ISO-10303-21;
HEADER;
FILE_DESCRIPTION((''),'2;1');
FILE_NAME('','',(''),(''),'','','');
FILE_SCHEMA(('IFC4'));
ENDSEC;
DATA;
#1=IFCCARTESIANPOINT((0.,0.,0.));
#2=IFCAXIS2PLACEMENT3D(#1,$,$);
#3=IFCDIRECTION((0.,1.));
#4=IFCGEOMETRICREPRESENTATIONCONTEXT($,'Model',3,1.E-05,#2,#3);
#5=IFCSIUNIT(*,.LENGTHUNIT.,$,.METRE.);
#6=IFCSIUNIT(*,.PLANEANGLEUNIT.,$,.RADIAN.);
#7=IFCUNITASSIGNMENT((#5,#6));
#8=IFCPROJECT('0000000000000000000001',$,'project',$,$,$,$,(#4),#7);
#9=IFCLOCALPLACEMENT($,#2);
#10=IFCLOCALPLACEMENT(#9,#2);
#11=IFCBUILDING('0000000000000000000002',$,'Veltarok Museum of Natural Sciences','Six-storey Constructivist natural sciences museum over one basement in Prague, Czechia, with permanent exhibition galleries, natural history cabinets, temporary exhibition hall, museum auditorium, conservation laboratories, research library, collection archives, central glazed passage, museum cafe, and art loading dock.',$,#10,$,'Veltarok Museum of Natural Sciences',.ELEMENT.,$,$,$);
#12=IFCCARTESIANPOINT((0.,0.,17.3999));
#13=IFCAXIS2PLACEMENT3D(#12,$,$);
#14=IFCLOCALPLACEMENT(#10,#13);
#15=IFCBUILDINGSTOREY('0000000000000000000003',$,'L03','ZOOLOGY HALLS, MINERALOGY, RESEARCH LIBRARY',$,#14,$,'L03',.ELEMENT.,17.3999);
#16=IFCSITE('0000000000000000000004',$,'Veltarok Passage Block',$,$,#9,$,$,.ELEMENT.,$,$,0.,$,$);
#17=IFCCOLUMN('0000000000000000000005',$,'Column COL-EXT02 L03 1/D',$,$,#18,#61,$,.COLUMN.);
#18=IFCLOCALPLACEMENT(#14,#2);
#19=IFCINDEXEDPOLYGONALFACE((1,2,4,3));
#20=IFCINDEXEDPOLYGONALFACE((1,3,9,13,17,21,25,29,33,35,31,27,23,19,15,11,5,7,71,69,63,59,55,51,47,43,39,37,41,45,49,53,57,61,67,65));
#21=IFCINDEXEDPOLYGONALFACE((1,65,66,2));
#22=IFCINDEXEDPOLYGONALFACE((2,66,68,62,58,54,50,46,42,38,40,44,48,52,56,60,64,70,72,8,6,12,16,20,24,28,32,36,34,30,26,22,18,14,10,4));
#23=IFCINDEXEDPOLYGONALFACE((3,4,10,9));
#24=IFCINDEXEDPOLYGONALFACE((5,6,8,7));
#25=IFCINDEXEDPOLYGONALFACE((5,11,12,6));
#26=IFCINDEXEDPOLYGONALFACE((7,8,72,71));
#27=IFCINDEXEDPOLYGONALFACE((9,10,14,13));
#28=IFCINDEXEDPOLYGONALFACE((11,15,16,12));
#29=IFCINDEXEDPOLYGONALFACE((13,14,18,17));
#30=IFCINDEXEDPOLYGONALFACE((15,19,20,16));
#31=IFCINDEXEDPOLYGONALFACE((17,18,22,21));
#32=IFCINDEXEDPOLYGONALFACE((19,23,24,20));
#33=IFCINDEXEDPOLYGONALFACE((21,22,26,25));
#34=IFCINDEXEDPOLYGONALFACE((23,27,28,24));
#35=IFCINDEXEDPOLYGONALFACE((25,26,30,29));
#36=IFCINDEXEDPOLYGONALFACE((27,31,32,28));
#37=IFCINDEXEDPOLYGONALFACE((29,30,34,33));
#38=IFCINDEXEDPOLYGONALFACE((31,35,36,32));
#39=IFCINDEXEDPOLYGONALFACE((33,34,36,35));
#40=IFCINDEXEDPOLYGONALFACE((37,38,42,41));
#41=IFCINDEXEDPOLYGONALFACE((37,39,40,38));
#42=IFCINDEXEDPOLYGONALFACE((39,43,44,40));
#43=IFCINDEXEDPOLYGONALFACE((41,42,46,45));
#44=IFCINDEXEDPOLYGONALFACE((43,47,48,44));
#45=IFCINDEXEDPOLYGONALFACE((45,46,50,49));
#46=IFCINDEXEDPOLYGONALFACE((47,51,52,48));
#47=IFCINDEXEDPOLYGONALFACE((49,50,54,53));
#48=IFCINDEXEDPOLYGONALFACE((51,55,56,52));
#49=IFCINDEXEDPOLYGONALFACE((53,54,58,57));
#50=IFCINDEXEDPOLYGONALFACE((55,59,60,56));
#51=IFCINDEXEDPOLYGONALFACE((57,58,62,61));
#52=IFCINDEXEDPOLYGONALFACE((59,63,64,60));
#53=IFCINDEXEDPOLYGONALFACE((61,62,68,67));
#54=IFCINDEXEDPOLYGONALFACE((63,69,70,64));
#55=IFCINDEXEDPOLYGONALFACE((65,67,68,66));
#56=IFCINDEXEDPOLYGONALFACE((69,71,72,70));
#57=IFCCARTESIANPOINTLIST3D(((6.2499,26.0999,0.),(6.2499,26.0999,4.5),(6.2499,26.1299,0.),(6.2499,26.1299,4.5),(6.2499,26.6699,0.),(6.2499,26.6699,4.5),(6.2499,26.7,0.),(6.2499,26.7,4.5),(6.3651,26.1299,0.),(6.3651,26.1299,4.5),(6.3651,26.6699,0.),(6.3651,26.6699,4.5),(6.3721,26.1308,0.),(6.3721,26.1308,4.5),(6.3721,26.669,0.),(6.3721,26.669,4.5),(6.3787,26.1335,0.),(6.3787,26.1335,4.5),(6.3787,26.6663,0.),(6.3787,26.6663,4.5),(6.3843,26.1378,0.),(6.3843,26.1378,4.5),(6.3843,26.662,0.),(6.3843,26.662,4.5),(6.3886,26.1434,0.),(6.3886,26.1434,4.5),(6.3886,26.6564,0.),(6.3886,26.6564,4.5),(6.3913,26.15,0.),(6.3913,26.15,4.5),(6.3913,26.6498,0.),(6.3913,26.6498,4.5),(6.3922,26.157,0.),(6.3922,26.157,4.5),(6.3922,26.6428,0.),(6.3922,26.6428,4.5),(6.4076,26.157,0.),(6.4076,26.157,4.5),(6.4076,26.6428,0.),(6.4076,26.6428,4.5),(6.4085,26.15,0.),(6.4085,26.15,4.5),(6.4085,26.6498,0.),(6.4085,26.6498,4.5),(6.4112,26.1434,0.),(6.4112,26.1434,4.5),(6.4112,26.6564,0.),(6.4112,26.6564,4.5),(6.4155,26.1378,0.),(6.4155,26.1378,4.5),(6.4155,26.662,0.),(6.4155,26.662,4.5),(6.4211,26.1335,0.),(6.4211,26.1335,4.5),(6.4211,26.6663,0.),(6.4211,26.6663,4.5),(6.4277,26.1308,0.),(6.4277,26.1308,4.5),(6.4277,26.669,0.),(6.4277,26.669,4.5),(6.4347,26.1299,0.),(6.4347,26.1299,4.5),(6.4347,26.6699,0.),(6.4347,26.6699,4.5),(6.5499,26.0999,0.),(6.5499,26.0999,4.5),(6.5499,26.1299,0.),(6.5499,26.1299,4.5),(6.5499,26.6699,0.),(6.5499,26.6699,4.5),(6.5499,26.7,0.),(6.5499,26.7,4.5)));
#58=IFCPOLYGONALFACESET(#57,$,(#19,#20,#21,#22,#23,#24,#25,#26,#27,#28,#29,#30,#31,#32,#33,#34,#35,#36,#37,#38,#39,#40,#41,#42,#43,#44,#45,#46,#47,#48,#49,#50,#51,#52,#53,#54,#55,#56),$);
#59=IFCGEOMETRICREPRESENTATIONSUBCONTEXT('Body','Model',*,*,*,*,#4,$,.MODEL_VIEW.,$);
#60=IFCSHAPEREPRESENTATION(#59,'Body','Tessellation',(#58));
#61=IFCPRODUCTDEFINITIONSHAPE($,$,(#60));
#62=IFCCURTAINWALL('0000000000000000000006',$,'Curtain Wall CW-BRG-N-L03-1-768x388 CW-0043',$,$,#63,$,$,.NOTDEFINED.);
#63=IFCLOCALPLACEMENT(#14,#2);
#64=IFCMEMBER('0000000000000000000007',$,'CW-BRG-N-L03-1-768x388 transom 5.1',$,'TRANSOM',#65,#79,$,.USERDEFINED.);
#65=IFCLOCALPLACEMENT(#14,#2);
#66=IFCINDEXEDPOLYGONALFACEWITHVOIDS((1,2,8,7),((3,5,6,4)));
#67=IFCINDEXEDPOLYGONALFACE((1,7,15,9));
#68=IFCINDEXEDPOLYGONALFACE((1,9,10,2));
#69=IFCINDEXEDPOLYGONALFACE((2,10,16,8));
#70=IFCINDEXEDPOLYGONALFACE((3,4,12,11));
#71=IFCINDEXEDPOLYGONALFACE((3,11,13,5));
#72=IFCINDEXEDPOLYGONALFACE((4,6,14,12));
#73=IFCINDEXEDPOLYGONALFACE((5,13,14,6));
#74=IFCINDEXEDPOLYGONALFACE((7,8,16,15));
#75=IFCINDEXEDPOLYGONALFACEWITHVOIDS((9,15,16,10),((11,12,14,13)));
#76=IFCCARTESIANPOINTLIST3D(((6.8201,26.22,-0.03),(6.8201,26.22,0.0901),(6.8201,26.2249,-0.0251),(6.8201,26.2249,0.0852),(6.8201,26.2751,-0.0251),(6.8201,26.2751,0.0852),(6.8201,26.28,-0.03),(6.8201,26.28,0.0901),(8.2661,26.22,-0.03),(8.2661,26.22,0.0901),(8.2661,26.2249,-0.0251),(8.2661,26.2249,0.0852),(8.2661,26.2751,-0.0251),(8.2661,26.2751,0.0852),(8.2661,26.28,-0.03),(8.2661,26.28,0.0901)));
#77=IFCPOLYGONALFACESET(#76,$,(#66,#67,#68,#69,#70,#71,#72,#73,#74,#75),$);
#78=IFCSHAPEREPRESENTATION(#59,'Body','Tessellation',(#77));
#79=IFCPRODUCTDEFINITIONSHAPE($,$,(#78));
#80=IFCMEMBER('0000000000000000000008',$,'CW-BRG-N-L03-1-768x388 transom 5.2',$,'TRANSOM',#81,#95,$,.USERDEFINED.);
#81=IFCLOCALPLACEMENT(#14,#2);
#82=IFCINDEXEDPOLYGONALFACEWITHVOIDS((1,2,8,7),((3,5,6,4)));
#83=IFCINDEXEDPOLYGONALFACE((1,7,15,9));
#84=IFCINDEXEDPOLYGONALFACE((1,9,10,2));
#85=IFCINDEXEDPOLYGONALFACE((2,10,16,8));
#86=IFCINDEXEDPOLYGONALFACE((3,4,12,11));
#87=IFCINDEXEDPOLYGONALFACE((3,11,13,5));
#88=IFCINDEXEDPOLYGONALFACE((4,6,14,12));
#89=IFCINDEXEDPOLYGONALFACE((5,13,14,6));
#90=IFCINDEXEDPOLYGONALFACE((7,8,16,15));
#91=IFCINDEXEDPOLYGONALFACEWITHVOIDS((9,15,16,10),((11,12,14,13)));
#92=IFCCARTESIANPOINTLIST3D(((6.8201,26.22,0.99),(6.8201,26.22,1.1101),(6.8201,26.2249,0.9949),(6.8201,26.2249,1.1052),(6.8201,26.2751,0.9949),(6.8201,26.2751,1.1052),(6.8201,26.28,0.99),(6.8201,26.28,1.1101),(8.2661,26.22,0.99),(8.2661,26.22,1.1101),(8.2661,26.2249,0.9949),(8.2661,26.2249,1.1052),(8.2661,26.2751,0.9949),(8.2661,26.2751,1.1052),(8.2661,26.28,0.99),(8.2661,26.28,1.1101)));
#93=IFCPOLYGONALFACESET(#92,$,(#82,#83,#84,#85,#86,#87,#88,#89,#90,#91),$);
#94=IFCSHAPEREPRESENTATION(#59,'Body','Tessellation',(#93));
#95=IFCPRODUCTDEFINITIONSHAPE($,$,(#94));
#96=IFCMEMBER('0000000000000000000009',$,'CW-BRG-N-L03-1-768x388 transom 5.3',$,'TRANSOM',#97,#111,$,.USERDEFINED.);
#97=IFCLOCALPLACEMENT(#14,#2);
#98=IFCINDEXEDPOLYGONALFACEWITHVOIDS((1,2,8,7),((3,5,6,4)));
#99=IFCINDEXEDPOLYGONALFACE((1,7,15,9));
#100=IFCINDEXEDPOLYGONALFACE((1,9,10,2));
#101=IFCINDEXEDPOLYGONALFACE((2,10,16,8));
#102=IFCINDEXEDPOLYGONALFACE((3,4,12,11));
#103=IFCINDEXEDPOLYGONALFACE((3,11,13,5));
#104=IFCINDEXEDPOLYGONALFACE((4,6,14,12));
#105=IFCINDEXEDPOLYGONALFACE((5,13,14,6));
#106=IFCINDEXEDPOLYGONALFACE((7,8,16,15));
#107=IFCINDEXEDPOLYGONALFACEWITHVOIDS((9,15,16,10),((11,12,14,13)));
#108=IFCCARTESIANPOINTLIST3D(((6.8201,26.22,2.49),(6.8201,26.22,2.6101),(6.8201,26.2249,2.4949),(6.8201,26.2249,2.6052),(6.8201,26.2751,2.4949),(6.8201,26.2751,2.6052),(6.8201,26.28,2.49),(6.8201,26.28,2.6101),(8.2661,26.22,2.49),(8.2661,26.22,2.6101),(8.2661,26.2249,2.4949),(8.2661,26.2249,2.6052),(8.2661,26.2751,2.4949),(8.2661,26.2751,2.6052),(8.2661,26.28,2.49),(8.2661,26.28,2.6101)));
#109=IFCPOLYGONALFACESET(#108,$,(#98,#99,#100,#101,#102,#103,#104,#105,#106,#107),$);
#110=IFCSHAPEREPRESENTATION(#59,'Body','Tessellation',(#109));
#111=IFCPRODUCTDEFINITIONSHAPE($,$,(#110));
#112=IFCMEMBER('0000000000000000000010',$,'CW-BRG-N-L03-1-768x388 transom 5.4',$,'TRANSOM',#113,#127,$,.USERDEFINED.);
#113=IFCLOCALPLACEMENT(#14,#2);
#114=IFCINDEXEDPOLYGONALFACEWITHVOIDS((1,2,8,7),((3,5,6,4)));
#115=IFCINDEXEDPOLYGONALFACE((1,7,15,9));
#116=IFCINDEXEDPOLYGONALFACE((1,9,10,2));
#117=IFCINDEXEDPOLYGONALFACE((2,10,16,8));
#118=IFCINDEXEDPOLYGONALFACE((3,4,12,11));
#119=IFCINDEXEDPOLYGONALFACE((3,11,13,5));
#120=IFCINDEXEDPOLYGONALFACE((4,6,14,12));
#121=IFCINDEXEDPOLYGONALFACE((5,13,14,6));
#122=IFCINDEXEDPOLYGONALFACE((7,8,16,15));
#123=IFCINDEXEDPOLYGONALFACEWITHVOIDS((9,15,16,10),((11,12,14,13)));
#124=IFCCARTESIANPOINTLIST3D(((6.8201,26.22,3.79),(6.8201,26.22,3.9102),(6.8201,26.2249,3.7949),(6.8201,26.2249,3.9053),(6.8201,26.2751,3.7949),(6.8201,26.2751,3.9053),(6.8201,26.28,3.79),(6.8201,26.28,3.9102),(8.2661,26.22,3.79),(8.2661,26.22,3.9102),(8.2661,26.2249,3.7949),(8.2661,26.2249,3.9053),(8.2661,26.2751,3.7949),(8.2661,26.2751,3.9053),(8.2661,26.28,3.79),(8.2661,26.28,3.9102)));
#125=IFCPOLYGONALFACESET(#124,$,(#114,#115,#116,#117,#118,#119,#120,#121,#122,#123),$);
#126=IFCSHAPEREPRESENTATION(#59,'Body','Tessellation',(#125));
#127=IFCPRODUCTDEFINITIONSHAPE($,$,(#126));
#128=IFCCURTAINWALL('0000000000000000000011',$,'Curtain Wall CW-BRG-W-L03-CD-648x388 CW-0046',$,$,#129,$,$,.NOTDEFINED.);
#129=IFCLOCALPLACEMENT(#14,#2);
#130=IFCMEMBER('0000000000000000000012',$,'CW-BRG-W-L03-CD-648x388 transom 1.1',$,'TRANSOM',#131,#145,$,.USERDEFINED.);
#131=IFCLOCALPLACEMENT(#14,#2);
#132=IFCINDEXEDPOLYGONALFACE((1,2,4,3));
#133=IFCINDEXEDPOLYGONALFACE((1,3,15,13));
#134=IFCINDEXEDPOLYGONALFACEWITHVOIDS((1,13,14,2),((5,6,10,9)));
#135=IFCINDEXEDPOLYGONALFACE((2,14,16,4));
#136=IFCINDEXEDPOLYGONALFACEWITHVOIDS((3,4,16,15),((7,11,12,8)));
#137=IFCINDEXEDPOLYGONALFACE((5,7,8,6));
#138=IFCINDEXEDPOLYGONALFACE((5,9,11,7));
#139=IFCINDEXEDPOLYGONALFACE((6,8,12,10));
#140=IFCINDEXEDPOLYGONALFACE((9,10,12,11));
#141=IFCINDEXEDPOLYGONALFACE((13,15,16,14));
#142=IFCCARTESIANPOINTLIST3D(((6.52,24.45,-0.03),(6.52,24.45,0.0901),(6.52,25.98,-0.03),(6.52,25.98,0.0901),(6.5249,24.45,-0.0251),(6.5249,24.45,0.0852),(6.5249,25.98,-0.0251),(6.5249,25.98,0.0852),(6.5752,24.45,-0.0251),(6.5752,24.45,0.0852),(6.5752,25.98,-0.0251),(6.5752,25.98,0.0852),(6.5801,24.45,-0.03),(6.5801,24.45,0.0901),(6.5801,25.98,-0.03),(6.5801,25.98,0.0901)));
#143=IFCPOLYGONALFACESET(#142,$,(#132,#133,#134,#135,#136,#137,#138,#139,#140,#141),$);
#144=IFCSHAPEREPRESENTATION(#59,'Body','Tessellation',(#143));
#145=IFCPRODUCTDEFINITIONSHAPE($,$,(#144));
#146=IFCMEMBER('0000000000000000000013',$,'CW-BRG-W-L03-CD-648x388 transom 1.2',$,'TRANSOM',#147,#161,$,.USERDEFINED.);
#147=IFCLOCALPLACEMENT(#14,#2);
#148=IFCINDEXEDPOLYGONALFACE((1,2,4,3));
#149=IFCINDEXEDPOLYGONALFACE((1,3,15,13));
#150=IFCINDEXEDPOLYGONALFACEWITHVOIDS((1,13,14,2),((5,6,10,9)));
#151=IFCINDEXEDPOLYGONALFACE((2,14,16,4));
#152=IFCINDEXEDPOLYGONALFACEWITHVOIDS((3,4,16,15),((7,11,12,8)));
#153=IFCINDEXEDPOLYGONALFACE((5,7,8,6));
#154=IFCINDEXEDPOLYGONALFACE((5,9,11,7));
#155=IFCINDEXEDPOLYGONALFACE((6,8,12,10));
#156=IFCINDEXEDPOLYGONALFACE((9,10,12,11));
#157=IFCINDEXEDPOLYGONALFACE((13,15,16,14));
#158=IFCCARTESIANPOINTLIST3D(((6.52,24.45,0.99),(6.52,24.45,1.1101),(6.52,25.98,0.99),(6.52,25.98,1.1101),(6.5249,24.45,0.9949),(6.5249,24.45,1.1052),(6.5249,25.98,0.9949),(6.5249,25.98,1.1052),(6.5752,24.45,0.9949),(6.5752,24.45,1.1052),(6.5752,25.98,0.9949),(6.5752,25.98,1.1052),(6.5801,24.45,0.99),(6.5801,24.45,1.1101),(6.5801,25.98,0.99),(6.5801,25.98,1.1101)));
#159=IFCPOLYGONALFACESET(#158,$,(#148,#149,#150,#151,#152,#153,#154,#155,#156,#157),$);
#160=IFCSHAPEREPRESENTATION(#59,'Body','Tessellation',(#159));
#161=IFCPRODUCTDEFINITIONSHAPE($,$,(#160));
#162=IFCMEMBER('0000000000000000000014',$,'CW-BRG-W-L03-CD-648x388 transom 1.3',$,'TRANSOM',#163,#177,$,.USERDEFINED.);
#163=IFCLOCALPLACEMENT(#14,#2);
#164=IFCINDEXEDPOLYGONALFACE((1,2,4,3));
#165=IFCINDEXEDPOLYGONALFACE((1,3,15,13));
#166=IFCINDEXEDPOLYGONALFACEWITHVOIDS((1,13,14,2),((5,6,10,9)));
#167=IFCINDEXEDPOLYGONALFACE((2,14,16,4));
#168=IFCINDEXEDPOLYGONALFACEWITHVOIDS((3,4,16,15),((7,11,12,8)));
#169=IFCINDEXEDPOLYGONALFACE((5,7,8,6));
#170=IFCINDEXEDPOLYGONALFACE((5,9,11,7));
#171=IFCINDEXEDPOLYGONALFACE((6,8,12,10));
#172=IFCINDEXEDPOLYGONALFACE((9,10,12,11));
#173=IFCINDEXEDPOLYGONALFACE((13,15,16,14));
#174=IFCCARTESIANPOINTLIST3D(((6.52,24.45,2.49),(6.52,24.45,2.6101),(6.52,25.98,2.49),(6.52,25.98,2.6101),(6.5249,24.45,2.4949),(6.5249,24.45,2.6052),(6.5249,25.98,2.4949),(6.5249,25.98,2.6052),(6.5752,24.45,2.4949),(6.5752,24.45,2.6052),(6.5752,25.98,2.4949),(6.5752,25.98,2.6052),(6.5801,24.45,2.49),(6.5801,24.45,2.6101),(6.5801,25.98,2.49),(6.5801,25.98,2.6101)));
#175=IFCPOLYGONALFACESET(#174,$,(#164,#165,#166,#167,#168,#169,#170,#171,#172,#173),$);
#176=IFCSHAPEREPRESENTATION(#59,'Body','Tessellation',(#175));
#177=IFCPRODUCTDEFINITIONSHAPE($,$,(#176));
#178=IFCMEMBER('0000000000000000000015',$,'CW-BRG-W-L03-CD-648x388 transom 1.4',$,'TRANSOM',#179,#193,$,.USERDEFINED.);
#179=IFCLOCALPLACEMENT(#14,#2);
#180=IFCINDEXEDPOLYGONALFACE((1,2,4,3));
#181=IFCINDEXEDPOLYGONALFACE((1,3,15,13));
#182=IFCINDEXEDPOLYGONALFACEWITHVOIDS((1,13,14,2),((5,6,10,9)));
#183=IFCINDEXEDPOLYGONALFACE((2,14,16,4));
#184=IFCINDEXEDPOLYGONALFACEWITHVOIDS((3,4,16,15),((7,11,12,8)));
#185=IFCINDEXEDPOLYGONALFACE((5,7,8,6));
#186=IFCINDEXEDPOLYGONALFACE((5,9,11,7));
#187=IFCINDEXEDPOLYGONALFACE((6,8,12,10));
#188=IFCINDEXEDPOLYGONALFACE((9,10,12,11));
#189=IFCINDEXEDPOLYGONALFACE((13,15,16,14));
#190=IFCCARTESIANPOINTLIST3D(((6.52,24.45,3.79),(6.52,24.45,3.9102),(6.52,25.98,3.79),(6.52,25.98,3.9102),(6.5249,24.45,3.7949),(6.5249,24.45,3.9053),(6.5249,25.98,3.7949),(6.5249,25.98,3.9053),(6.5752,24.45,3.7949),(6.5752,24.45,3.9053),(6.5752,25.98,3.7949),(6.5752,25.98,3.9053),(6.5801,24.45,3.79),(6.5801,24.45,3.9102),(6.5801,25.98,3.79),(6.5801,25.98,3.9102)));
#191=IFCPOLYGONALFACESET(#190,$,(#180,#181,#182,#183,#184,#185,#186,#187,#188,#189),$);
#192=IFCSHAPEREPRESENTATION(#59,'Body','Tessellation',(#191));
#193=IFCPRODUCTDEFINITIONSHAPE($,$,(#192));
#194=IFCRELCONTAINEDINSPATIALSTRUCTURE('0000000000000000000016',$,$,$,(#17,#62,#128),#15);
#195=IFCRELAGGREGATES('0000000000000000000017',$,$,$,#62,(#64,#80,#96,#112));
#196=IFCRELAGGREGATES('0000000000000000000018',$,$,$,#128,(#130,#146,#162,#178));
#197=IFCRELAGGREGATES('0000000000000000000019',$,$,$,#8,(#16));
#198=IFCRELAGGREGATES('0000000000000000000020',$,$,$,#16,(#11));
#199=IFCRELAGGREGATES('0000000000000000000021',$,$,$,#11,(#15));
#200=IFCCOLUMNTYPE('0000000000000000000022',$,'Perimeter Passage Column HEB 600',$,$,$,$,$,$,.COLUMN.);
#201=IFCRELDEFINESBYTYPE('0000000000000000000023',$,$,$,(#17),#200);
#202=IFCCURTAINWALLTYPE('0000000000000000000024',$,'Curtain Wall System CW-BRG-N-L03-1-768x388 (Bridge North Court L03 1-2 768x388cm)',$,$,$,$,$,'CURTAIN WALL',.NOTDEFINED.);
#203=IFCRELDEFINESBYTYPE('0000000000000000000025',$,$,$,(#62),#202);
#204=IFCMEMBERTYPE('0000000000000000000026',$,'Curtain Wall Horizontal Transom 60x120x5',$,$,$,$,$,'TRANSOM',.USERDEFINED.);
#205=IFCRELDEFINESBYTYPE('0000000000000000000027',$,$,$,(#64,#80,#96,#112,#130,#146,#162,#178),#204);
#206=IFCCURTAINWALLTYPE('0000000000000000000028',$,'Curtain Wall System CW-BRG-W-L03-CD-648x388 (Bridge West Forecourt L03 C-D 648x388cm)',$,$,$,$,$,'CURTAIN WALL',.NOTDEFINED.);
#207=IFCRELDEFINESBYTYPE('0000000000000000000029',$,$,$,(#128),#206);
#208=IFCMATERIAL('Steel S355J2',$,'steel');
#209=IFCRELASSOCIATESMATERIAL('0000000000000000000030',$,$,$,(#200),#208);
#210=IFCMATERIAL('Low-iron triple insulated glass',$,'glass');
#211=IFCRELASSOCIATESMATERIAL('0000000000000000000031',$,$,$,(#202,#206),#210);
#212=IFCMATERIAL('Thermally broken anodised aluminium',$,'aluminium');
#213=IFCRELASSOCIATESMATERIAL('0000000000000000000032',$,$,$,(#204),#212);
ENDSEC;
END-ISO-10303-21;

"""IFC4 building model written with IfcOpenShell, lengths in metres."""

from ifc_helpers import new_model, si_unit, direction, frame, origin, origin_2d, place, context, subcontext, project, spatial, hollow_rectangle, i_section, extrude, material, material_profile, profile_set, type_object, element, aggregate, save


model = new_model("IFC4")

# Units and contexts
model_context = context("Model", 3, precision=1e-05, world=origin(), true_north=direction((0.0, 1.0)))
body_context = subcontext(model_context, "Body", "Model", "MODEL_VIEW")
ifc_project = project(units=[si_unit("LENGTHUNIT", "METRE"), si_unit("PLANEANGLEUNIT", "RADIAN")], contexts=[model_context])

# Site, building, storey
site_placement = place(None, origin())
site = spatial("IfcSite", under=ifc_project, at=site_placement, Name="Veltarok Passage Block", CompositionType="ELEMENT", RefElevation=0.0)
building_placement = place(site_placement, origin())
building = spatial("IfcBuilding", under=site, at=building_placement, Name="Veltarok Museum of Natural Sciences", Description="Six-storey Constructivist natural sciences museum over one basement in Prague, Czechia, with permanent exhibition galleries, natural history cabinets, temporary exhibition hall, museum auditorium, conservation laboratories, research library, collection archives, central glazed passage, museum cafe, and art loading dock.", LongName="Veltarok Museum of Natural Sciences", CompositionType="ELEMENT")
storey_placement = place(building_placement, frame((0.0, 0.0, 17.3999)))
storey = spatial("IfcBuildingStorey", under=building, at=storey_placement, Name="L03", Description="ZOOLOGY HALLS, MINERALOGY, RESEARCH LIBRARY", LongName="L03", CompositionType="ELEMENT", Elevation=17.3999)

# Column
ifc_material_1 = material(Name="Steel S355J2", Category="steel")
ifc_material_profile_1 = material_profile(ifc_material_1, i_section(OverallWidth=0.3, OverallDepth=0.6001, WebThickness=0.0154, FlangeThickness=0.03, FilletRadius=0.0271, at=origin_2d()), Name="HEB 600")
ifc_profile_set_1 = profile_set([ifc_material_profile_1], Name="Steel S355J2")
column_type = type_object("IfcColumnType", Name="Perimeter Passage Column HEB 600", PredefinedType="COLUMN", material=ifc_profile_set_1)
column_placement = place(storey_placement, frame((6.3999, 26.3999, 0.0), z_axis=(0.0, 0.0, 1.0), x_axis=(1.0, 0.0, 0.0)))
element("IfcColumn", 1, at=column_placement, inside=storey, type_object=column_type, Name="Column COL-EXT02 L03 1/D", PredefinedType="COLUMN", context=body_context, shape_type="SweptSolid", body=[
    extrude(i_section(OverallWidth=0.3, OverallDepth=0.6001, WebThickness=0.0154, FlangeThickness=0.03, FilletRadius=0.0271, at=origin_2d()), origin(), (0.0, 0.0, 1.0), 4.5),
])

# Curtain walls, members
ifc_material_2 = material(Name="Low-iron triple insulated glass", Category="glass")
curtain_wall_type_1 = type_object("IfcCurtainWallType", Name="Curtain Wall System CW-BRG-N-L03-1-768x388 (Bridge North Court L03 1-2 768x388cm)", ElementType="CURTAIN WALL", PredefinedType="NOTDEFINED", material=ifc_material_2)
curtain_wall_1_placement = place(storey_placement, origin())
curtain_wall_1 = element("IfcCurtainWall", 2, at=curtain_wall_1_placement, inside=storey, type_object=curtain_wall_type_1, Name="Curtain Wall CW-BRG-N-L03-1-768x388 CW-0043", PredefinedType="NOTDEFINED")
ifc_material_3 = material(Name="Thermally broken anodised aluminium", Category="aluminium")
ifc_material_profile_2 = material_profile(ifc_material_3, hollow_rectangle(XDim=0.0601, YDim=0.1201, WallThickness=0.0049, at=origin_2d()), Name="CW TRANSOM 60x120x5")
ifc_profile_set_2 = profile_set([ifc_material_profile_2], Name="Thermally broken anodised aluminium")
member_type_1 = type_object("IfcMemberType", Name="Curtain Wall Horizontal Transom 60x120x5", ElementType="TRANSOM", PredefinedType="USERDEFINED", material=ifc_profile_set_2)
member_1_placement = place(storey_placement, frame((8.2661, 26.25, 0.03), z_axis=(-1.0, 0.0, 0.0), x_axis=(0.0, -1.0, 0.0)))
member_1 = element("IfcMember", 3, at=member_1_placement, type_object=member_type_1, Name="CW-BRG-N-L03-1-768x388 transom 5.1", ObjectType="TRANSOM", PredefinedType="USERDEFINED", context=body_context, shape_type="SweptSolid", body=[
    extrude(hollow_rectangle(XDim=0.0601, YDim=0.1201, WallThickness=0.0049, at=origin_2d()), origin(), (0.0, 0.0, 1.0), 1.446),
])
member_2_placement = place(storey_placement, frame((8.2661, 26.25, 1.05), z_axis=(-1.0, 0.0, 0.0), x_axis=(0.0, -1.0, 0.0)))
member_2 = element("IfcMember", 4, at=member_2_placement, type_object=member_type_1, Name="CW-BRG-N-L03-1-768x388 transom 5.2", ObjectType="TRANSOM", PredefinedType="USERDEFINED", context=body_context, shape_type="SweptSolid", body=[
    extrude(hollow_rectangle(XDim=0.0601, YDim=0.1201, WallThickness=0.0049, at=origin_2d()), origin(), (0.0, 0.0, 1.0), 1.446),
])
member_3_placement = place(storey_placement, frame((8.2661, 26.25, 2.55), z_axis=(-1.0, 0.0, 0.0), x_axis=(0.0, -1.0, 0.0)))
member_3 = element("IfcMember", 5, at=member_3_placement, type_object=member_type_1, Name="CW-BRG-N-L03-1-768x388 transom 5.3", ObjectType="TRANSOM", PredefinedType="USERDEFINED", context=body_context, shape_type="SweptSolid", body=[
    extrude(hollow_rectangle(XDim=0.0601, YDim=0.1201, WallThickness=0.0049, at=origin_2d()), origin(), (0.0, 0.0, 1.0), 1.446),
])
member_4_placement = place(storey_placement, frame((8.2661, 26.25, 3.8501), z_axis=(-1.0, 0.0, 0.0), x_axis=(0.0, -1.0, 0.0)))
member_4 = element("IfcMember", 6, at=member_4_placement, type_object=member_type_1, Name="CW-BRG-N-L03-1-768x388 transom 5.4", ObjectType="TRANSOM", PredefinedType="USERDEFINED", context=body_context, shape_type="SweptSolid", body=[
    extrude(hollow_rectangle(XDim=0.0601, YDim=0.1201, WallThickness=0.0049, at=origin_2d()), origin(), (0.0, 0.0, 1.0), 1.446),
])
curtain_wall_type_2 = type_object("IfcCurtainWallType", Name="Curtain Wall System CW-BRG-W-L03-CD-648x388 (Bridge West Forecourt L03 C-D 648x388cm)", ElementType="CURTAIN WALL", PredefinedType="NOTDEFINED", material=ifc_material_2)
curtain_wall_2_placement = place(storey_placement, origin())
curtain_wall_2 = element("IfcCurtainWall", 7, at=curtain_wall_2_placement, inside=storey, type_object=curtain_wall_type_2, Name="Curtain Wall CW-BRG-W-L03-CD-648x388 CW-0046", PredefinedType="NOTDEFINED")
member_5_placement = place(storey_placement, frame((6.55, 25.98, 0.03), z_axis=(0.0, -1.0, 0.0), x_axis=(1.0, 0.0, 0.0)))
member_5 = element("IfcMember", 8, at=member_5_placement, type_object=member_type_1, Name="CW-BRG-W-L03-CD-648x388 transom 1.1", ObjectType="TRANSOM", PredefinedType="USERDEFINED", context=body_context, shape_type="SweptSolid", body=[
    extrude(hollow_rectangle(XDim=0.0601, YDim=0.1201, WallThickness=0.0049, at=origin_2d()), origin(), (0.0, 0.0, 1.0), 1.53),
])
member_6_placement = place(storey_placement, frame((6.55, 25.98, 1.05), z_axis=(0.0, -1.0, 0.0), x_axis=(1.0, 0.0, 0.0)))
member_6 = element("IfcMember", 9, at=member_6_placement, type_object=member_type_1, Name="CW-BRG-W-L03-CD-648x388 transom 1.2", ObjectType="TRANSOM", PredefinedType="USERDEFINED", context=body_context, shape_type="SweptSolid", body=[
    extrude(hollow_rectangle(XDim=0.0601, YDim=0.1201, WallThickness=0.0049, at=origin_2d()), origin(), (0.0, 0.0, 1.0), 1.53),
])
member_7_placement = place(storey_placement, frame((6.55, 25.98, 2.55), z_axis=(0.0, -1.0, 0.0), x_axis=(1.0, 0.0, 0.0)))
member_7 = element("IfcMember", 10, at=member_7_placement, type_object=member_type_1, Name="CW-BRG-W-L03-CD-648x388 transom 1.3", ObjectType="TRANSOM", PredefinedType="USERDEFINED", context=body_context, shape_type="SweptSolid", body=[
    extrude(hollow_rectangle(XDim=0.0601, YDim=0.1201, WallThickness=0.0049, at=origin_2d()), origin(), (0.0, 0.0, 1.0), 1.53),
])
member_8_placement = place(storey_placement, frame((6.55, 25.98, 3.8501), z_axis=(0.0, -1.0, 0.0), x_axis=(1.0, 0.0, 0.0)))
member_8 = element("IfcMember", 11, at=member_8_placement, type_object=member_type_1, Name="CW-BRG-W-L03-CD-648x388 transom 1.4", ObjectType="TRANSOM", PredefinedType="USERDEFINED", context=body_context, shape_type="SweptSolid", body=[
    extrude(hollow_rectangle(XDim=0.0601, YDim=0.1201, WallThickness=0.0049, at=origin_2d()), origin(), (0.0, 0.0, 1.0), 1.53),
])

aggregate(curtain_wall_1, [member_1, member_2, member_3, member_4])
aggregate(curtain_wall_2, [member_5, member_6, member_7, member_8])

save(model, "model.ifc")
